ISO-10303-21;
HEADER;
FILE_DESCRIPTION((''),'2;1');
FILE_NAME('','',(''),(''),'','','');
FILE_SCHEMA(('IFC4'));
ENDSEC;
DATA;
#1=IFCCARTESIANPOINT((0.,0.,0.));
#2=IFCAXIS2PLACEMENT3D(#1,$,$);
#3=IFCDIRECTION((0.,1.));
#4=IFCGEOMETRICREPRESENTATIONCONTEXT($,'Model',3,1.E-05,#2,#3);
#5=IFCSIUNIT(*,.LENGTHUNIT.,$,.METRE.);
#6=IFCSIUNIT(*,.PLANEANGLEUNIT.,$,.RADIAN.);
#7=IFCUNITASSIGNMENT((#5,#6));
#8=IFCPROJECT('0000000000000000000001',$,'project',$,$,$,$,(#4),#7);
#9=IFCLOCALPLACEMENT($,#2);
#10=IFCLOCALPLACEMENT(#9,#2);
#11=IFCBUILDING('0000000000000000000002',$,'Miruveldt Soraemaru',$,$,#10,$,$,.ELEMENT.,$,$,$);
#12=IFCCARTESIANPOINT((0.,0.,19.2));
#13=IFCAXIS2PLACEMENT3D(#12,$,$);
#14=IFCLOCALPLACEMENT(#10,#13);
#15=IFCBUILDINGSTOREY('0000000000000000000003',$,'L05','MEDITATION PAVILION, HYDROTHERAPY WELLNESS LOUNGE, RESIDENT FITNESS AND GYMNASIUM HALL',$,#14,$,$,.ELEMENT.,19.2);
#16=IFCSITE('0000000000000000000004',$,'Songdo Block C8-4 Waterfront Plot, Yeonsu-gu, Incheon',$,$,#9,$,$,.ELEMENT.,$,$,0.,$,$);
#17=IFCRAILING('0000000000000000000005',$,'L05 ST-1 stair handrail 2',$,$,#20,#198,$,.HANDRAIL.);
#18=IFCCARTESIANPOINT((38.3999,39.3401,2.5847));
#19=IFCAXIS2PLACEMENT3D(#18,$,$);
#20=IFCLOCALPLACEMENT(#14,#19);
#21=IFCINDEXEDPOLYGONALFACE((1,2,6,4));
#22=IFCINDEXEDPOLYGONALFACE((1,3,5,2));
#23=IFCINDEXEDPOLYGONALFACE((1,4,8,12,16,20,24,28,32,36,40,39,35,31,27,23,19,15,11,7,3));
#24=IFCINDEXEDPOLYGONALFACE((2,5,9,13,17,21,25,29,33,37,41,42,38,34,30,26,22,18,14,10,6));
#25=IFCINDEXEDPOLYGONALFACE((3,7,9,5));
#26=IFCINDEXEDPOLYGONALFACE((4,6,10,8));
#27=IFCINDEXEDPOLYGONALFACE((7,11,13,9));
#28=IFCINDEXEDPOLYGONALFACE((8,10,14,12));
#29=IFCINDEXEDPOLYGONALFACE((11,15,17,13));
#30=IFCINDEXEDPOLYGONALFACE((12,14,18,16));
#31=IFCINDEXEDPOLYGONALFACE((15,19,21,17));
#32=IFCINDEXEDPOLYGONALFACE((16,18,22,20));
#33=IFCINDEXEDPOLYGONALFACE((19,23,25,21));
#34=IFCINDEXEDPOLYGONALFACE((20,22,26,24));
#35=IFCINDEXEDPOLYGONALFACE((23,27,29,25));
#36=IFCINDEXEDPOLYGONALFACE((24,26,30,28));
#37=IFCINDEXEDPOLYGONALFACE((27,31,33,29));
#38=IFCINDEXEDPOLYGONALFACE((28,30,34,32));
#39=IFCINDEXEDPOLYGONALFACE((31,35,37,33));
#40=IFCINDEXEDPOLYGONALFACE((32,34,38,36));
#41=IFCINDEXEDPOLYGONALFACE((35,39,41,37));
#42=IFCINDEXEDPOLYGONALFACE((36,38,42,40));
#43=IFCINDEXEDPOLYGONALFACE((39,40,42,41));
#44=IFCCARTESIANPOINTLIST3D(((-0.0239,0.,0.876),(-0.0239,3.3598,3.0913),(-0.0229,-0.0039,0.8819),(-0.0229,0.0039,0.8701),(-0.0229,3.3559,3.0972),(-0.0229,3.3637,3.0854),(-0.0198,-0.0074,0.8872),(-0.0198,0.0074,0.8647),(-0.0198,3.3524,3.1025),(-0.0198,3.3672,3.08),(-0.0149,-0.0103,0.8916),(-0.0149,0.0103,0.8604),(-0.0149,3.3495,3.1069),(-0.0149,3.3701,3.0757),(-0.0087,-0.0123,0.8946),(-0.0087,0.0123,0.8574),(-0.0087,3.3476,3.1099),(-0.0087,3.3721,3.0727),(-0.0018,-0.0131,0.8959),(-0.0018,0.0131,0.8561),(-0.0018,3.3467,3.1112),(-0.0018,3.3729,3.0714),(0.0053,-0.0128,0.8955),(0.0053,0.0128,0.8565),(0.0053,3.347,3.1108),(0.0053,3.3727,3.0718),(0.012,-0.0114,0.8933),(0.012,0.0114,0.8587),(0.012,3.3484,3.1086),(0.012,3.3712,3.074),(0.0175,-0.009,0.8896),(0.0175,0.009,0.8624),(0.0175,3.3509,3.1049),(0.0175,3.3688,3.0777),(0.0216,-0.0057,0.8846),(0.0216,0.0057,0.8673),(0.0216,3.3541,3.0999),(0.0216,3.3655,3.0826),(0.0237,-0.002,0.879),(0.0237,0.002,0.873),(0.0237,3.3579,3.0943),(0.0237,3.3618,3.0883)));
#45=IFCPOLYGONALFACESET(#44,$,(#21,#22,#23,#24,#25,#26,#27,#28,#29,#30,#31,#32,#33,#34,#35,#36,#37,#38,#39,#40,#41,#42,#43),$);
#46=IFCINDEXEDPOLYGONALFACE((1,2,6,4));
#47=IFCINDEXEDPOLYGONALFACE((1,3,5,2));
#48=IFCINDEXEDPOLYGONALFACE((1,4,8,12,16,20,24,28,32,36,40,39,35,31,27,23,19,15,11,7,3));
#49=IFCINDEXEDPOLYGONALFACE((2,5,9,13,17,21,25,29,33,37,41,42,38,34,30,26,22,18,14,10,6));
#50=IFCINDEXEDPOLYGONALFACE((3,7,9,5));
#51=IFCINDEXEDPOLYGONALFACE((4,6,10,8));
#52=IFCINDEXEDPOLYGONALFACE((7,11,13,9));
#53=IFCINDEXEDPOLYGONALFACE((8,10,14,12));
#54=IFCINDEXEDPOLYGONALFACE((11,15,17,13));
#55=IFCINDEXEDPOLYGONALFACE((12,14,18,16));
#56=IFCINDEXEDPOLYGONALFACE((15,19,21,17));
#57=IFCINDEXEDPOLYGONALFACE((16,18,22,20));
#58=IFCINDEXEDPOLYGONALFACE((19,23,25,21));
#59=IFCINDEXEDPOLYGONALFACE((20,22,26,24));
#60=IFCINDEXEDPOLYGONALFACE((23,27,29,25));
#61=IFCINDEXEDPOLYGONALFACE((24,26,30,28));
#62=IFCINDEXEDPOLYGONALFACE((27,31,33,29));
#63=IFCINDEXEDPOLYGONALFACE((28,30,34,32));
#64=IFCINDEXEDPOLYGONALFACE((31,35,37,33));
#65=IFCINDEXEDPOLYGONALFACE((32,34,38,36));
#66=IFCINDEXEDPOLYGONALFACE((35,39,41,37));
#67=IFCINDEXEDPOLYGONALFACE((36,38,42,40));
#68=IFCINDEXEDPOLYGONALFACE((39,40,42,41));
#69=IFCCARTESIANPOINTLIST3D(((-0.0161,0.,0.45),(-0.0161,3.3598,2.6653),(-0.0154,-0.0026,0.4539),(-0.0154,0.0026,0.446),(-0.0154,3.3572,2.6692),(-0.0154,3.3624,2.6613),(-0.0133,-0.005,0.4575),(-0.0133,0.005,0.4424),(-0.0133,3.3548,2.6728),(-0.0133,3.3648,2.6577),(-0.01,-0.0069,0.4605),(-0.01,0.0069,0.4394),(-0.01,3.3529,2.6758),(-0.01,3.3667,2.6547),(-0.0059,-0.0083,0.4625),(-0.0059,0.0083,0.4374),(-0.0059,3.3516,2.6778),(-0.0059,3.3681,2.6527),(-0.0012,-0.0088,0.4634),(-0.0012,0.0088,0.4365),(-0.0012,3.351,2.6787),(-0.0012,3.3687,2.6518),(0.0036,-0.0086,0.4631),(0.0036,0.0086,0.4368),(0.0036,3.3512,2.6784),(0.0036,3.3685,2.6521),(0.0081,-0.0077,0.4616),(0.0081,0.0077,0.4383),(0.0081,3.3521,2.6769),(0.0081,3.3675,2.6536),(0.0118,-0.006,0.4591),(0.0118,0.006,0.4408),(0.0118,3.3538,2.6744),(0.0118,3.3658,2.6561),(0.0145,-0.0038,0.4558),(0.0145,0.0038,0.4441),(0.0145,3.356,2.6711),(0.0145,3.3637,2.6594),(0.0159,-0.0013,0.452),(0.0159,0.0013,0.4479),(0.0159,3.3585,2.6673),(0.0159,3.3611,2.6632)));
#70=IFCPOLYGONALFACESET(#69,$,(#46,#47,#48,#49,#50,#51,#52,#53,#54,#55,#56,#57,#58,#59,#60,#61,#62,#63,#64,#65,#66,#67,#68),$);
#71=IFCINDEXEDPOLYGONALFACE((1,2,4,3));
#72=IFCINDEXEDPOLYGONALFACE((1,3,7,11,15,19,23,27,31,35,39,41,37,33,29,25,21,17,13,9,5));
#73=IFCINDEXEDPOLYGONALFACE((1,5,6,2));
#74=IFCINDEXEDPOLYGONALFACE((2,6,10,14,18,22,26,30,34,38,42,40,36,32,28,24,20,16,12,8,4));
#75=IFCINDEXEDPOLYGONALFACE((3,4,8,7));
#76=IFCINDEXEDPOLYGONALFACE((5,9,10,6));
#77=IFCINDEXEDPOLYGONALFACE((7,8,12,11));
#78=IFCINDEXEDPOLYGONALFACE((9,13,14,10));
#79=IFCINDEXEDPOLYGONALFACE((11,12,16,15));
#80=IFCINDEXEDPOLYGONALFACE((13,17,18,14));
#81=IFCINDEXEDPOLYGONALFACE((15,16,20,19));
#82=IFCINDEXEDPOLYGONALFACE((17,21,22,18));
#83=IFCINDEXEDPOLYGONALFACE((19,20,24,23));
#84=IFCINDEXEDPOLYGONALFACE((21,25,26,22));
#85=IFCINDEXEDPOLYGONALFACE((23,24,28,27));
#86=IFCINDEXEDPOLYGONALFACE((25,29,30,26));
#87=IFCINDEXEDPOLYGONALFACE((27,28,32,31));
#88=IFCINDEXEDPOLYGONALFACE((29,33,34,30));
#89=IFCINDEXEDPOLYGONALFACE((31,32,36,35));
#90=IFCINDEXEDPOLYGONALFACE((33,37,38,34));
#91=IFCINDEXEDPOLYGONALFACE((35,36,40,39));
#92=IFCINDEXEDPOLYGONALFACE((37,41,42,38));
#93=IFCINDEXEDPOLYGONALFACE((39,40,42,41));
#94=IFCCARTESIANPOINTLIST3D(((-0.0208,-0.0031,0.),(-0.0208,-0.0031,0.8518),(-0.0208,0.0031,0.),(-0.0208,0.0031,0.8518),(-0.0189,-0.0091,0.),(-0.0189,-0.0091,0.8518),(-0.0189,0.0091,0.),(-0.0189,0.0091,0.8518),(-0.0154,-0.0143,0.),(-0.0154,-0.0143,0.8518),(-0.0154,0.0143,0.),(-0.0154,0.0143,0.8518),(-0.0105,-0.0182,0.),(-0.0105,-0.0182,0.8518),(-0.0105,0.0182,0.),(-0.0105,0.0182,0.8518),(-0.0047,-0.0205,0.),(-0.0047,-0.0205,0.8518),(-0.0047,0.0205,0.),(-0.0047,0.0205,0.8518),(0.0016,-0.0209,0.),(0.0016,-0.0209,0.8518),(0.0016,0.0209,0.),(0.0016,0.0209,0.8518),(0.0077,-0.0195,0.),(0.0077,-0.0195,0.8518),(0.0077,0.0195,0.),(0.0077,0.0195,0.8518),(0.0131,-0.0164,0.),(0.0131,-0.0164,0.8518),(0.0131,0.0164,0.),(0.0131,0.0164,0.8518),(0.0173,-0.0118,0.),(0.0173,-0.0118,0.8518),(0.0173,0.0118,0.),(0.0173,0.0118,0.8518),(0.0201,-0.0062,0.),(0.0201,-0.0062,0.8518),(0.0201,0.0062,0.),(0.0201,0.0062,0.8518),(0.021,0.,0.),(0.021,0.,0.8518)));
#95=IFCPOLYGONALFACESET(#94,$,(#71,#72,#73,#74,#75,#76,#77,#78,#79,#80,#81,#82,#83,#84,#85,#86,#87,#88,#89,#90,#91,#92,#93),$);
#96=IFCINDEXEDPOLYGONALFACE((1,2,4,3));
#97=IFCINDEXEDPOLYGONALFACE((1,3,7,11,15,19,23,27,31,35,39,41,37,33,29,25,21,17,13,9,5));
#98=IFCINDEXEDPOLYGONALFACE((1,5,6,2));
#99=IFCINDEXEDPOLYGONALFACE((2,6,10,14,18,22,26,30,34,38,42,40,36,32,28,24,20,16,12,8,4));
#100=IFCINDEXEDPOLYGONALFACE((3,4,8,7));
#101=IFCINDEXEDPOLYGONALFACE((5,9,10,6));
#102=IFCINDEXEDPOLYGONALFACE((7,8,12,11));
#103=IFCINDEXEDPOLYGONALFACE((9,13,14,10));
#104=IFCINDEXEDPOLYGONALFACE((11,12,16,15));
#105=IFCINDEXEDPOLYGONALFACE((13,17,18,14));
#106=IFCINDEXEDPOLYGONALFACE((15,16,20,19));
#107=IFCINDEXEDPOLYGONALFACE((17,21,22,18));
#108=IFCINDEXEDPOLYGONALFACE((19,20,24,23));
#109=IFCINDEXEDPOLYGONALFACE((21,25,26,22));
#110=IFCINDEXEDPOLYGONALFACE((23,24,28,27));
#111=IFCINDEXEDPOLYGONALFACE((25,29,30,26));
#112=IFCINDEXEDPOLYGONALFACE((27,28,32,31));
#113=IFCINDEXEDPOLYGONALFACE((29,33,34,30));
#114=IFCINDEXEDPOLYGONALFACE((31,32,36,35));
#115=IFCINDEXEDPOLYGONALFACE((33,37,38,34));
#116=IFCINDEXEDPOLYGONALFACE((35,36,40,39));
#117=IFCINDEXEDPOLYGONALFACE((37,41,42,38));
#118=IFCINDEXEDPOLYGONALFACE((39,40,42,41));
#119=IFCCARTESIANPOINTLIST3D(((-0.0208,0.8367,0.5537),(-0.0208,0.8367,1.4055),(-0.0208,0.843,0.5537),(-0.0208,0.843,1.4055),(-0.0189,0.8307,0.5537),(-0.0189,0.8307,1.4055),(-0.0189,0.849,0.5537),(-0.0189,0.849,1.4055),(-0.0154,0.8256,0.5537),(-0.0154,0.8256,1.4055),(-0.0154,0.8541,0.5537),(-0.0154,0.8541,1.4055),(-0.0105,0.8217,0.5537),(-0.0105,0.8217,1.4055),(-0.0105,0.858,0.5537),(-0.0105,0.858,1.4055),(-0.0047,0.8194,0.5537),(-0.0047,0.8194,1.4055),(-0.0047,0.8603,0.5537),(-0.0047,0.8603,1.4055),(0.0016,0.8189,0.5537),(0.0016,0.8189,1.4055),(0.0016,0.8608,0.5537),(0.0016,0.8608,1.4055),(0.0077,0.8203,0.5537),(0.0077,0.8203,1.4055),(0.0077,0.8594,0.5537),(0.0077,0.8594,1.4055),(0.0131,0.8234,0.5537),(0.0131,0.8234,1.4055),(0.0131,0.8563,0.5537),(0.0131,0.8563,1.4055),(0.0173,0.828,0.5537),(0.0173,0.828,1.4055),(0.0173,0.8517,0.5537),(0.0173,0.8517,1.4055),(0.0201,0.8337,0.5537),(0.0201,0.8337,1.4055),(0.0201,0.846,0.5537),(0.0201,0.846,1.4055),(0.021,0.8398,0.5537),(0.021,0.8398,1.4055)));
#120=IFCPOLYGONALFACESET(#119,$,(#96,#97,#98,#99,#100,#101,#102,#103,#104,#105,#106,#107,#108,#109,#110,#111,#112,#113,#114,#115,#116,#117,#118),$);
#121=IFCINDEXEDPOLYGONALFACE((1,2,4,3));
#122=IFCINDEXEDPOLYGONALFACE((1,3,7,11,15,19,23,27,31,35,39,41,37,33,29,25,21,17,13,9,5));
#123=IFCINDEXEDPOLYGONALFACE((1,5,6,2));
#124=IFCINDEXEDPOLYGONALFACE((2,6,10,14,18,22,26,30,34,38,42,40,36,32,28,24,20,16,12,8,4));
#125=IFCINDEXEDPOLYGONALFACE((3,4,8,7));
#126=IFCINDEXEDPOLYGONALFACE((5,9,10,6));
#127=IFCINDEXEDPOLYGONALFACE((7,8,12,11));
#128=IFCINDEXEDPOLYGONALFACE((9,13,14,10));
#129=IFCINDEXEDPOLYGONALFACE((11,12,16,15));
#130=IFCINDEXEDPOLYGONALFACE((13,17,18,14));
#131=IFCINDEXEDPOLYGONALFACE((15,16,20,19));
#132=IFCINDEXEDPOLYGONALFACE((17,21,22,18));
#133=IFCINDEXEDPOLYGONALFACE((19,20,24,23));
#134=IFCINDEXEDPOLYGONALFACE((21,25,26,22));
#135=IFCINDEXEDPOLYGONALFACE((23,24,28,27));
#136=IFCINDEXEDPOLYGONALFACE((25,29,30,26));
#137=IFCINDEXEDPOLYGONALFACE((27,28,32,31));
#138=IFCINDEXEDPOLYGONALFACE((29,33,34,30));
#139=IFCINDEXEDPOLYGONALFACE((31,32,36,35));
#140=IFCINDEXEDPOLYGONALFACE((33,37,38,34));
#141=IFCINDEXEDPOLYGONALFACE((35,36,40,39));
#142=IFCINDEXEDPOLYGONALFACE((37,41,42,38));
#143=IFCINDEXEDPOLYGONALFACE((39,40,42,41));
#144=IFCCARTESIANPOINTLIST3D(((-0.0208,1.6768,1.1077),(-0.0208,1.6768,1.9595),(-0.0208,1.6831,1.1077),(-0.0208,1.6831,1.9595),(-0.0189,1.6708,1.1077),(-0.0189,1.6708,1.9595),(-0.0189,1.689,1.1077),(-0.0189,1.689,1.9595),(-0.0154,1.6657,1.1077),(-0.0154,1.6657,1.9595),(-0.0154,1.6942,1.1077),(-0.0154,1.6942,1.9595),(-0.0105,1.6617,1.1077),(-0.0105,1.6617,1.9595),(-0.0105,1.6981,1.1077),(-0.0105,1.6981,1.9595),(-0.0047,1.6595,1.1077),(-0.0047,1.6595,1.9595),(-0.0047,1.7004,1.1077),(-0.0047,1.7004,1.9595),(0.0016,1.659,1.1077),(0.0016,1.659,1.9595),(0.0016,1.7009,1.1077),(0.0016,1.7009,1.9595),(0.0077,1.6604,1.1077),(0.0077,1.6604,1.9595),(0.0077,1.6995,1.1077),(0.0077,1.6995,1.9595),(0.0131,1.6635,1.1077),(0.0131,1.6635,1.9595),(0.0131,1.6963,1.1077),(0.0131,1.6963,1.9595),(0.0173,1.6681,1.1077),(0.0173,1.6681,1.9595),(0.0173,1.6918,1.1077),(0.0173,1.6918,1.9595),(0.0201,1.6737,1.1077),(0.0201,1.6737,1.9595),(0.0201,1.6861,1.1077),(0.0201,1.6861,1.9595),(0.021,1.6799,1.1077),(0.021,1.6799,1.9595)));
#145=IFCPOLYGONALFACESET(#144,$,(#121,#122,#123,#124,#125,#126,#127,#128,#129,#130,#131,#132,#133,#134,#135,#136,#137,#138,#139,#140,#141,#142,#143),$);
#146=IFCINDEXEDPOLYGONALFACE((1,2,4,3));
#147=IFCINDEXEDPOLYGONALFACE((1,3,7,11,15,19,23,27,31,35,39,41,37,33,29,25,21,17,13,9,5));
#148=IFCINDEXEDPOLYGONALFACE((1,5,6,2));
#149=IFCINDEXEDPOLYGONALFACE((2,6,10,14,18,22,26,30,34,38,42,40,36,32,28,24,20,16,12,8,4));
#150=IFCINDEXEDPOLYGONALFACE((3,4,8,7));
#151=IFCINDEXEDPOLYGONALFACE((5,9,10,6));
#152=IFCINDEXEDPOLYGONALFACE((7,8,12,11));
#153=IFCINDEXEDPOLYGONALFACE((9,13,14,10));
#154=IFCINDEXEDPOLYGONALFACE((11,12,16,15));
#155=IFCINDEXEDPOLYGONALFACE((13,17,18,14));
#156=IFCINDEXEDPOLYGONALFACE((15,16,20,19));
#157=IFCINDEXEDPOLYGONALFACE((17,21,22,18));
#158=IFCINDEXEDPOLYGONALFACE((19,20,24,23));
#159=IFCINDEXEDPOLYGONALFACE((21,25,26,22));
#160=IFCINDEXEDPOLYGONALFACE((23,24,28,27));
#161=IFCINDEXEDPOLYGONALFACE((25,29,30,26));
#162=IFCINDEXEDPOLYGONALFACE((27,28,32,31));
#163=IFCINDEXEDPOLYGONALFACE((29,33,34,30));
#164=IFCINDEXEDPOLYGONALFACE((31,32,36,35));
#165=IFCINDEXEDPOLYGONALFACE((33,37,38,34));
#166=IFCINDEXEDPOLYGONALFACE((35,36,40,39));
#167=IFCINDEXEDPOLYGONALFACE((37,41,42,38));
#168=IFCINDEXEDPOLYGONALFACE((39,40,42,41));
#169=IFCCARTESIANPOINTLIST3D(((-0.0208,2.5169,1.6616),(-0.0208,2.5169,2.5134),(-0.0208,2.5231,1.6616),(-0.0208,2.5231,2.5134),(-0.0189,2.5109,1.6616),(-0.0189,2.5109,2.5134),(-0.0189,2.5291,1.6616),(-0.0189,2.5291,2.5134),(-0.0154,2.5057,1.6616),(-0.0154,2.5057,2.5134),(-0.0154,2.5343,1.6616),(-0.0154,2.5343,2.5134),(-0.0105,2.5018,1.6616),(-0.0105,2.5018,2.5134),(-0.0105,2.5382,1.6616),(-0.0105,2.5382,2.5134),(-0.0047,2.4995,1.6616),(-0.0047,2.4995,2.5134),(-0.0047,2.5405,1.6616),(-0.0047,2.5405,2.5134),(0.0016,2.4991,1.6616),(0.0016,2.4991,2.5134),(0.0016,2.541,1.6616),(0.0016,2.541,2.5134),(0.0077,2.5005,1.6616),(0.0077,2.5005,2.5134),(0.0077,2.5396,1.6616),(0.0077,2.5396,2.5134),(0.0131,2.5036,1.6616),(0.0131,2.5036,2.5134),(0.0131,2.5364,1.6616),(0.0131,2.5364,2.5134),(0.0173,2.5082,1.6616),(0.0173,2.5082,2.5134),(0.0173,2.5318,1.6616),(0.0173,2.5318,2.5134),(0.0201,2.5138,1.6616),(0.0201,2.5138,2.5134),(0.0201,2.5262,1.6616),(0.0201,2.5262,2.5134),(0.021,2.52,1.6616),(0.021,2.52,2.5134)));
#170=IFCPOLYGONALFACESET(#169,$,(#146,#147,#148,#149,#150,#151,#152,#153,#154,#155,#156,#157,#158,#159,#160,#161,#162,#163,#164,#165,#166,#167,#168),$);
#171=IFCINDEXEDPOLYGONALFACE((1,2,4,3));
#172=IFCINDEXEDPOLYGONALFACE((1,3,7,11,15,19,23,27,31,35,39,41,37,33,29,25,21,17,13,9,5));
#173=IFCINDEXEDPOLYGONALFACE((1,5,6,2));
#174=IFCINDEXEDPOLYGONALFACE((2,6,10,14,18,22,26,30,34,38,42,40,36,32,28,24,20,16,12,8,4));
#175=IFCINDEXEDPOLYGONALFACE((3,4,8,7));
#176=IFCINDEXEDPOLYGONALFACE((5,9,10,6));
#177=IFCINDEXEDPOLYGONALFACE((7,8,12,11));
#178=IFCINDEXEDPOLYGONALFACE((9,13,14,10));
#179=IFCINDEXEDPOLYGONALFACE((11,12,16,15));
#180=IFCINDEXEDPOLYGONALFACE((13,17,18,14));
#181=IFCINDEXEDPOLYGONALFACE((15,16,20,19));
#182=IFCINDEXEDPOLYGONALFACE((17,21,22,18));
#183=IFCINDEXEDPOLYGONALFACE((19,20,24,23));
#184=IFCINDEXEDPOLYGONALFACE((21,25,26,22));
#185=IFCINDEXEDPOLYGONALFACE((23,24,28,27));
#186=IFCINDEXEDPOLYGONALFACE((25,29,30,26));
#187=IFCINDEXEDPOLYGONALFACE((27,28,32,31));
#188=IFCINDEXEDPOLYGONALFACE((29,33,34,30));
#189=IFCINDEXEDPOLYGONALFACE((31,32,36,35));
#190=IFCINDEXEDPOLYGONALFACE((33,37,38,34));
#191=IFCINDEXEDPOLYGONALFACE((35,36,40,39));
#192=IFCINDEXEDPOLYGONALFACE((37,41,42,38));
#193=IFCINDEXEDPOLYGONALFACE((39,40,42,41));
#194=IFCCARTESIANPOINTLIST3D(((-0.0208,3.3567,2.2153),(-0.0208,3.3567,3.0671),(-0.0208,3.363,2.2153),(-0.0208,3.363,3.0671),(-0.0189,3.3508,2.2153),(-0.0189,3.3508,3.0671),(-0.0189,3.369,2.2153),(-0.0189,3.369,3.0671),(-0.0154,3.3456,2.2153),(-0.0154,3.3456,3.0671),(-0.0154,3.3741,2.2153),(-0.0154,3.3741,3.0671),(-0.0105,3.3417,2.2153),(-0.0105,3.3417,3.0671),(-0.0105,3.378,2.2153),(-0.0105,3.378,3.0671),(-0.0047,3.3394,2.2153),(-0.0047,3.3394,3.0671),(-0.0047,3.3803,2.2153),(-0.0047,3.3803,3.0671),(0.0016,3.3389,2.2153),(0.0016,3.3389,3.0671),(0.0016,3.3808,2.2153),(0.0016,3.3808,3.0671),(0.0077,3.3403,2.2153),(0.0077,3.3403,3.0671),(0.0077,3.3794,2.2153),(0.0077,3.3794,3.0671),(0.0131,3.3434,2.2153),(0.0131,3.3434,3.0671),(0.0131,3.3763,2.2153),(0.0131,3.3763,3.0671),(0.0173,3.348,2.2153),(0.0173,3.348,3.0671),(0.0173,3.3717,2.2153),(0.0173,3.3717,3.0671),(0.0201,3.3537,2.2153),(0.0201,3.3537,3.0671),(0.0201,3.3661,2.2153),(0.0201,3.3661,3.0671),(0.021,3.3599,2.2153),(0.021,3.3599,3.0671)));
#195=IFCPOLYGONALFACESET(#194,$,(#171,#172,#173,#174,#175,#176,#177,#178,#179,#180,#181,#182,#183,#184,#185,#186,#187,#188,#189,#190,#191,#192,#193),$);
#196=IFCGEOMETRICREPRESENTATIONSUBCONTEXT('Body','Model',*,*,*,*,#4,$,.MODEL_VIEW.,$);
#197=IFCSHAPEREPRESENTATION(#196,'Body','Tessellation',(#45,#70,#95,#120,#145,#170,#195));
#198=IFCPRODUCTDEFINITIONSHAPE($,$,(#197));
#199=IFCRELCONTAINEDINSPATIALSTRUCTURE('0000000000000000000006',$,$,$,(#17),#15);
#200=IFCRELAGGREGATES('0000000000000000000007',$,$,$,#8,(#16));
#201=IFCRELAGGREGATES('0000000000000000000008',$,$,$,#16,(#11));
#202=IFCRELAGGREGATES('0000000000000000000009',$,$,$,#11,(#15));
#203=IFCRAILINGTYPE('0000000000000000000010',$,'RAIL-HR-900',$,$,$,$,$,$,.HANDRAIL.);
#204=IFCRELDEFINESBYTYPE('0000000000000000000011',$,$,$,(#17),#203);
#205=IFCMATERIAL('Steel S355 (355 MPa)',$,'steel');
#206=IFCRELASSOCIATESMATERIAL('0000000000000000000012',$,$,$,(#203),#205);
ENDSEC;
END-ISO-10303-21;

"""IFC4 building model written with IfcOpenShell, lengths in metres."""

from ifc_helpers import new_model, si_unit, direction, frame, origin, origin_2d, place, context, subcontext, project, spatial, circle, extrude, material, type_object, element, save


model = new_model("IFC4")

# Units and contexts
model_context = context("Model", 3, precision=1e-05, world=origin(), true_north=direction((0.0, 1.0)))
body_context = subcontext(model_context, "Body", "Model", "MODEL_VIEW")
ifc_project = project(units=[si_unit("LENGTHUNIT", "METRE"), si_unit("PLANEANGLEUNIT", "RADIAN")], contexts=[model_context])

# Site, building, storey
site_placement = place(None, origin())
site = spatial("IfcSite", under=ifc_project, at=site_placement, Name="Songdo Block C8-4 Waterfront Plot, Yeonsu-gu, Incheon", CompositionType="ELEMENT", RefElevation=0.0)
building_placement = place(site_placement, origin())
building = spatial("IfcBuilding", under=site, at=building_placement, Name="Miruveldt Soraemaru", CompositionType="ELEMENT")
storey_placement = place(building_placement, frame((0.0, 0.0, 19.2)))
storey = spatial("IfcBuildingStorey", under=building, at=storey_placement, Name="L05", Description="MEDITATION PAVILION, HYDROTHERAPY WELLNESS LOUNGE, RESIDENT FITNESS AND GYMNASIUM HALL", CompositionType="ELEMENT", Elevation=19.2)

# Railing
ifc_material_1 = material(Name="Steel S355 (355 MPa)", Category="steel")
railing_type_1 = type_object("IfcRailingType", Name="RAIL-HR-900", PredefinedType="HANDRAIL", material=ifc_material_1)
railing_1_placement = place(storey_placement, frame((38.3999, 39.3401, 2.5847)))
element("IfcRailing", 1, at=railing_1_placement, inside=storey, type_object=railing_type_1, Name="L05 ST-1 stair handrail 2", PredefinedType="HANDRAIL", context=body_context, shape_type="SweptSolid", body=[
    extrude(circle(Radius=0.0239, at=origin_2d()), frame((0.0, 0.0, 0.876), z_axis=(0.0, 0.834858, 0.550465), x_axis=(-1.0, 0.0, 0.0)), (0.0, 0.0, 1.0), 4.0244),
    extrude(circle(Radius=0.0161, at=origin_2d()), frame((0.0, 0.0, 0.45), z_axis=(0.0, 0.834858, 0.550465), x_axis=(-1.0, 0.0, 0.0)), (0.0, 0.0, 1.0), 4.0244),
    extrude(circle(Radius=0.021, at=origin_2d()), origin(), (0.0, 0.0, 1.0), 0.8518),
    extrude(circle(Radius=0.021, at=origin_2d()), frame((0.0, 0.8398, 0.5537)), (0.0, 0.0, 1.0), 0.8518),
    extrude(circle(Radius=0.021, at=origin_2d()), frame((0.0, 1.6799, 1.1077)), (0.0, 0.0, 1.0), 0.8518),
    extrude(circle(Radius=0.021, at=origin_2d()), frame((0.0, 2.52, 1.6616)), (0.0, 0.0, 1.0), 0.8518),
    extrude(circle(Radius=0.021, at=origin_2d()), frame((0.0, 3.3599, 2.2153)), (0.0, 0.0, 1.0), 0.8518),
])

save(model, "model.ifc")
